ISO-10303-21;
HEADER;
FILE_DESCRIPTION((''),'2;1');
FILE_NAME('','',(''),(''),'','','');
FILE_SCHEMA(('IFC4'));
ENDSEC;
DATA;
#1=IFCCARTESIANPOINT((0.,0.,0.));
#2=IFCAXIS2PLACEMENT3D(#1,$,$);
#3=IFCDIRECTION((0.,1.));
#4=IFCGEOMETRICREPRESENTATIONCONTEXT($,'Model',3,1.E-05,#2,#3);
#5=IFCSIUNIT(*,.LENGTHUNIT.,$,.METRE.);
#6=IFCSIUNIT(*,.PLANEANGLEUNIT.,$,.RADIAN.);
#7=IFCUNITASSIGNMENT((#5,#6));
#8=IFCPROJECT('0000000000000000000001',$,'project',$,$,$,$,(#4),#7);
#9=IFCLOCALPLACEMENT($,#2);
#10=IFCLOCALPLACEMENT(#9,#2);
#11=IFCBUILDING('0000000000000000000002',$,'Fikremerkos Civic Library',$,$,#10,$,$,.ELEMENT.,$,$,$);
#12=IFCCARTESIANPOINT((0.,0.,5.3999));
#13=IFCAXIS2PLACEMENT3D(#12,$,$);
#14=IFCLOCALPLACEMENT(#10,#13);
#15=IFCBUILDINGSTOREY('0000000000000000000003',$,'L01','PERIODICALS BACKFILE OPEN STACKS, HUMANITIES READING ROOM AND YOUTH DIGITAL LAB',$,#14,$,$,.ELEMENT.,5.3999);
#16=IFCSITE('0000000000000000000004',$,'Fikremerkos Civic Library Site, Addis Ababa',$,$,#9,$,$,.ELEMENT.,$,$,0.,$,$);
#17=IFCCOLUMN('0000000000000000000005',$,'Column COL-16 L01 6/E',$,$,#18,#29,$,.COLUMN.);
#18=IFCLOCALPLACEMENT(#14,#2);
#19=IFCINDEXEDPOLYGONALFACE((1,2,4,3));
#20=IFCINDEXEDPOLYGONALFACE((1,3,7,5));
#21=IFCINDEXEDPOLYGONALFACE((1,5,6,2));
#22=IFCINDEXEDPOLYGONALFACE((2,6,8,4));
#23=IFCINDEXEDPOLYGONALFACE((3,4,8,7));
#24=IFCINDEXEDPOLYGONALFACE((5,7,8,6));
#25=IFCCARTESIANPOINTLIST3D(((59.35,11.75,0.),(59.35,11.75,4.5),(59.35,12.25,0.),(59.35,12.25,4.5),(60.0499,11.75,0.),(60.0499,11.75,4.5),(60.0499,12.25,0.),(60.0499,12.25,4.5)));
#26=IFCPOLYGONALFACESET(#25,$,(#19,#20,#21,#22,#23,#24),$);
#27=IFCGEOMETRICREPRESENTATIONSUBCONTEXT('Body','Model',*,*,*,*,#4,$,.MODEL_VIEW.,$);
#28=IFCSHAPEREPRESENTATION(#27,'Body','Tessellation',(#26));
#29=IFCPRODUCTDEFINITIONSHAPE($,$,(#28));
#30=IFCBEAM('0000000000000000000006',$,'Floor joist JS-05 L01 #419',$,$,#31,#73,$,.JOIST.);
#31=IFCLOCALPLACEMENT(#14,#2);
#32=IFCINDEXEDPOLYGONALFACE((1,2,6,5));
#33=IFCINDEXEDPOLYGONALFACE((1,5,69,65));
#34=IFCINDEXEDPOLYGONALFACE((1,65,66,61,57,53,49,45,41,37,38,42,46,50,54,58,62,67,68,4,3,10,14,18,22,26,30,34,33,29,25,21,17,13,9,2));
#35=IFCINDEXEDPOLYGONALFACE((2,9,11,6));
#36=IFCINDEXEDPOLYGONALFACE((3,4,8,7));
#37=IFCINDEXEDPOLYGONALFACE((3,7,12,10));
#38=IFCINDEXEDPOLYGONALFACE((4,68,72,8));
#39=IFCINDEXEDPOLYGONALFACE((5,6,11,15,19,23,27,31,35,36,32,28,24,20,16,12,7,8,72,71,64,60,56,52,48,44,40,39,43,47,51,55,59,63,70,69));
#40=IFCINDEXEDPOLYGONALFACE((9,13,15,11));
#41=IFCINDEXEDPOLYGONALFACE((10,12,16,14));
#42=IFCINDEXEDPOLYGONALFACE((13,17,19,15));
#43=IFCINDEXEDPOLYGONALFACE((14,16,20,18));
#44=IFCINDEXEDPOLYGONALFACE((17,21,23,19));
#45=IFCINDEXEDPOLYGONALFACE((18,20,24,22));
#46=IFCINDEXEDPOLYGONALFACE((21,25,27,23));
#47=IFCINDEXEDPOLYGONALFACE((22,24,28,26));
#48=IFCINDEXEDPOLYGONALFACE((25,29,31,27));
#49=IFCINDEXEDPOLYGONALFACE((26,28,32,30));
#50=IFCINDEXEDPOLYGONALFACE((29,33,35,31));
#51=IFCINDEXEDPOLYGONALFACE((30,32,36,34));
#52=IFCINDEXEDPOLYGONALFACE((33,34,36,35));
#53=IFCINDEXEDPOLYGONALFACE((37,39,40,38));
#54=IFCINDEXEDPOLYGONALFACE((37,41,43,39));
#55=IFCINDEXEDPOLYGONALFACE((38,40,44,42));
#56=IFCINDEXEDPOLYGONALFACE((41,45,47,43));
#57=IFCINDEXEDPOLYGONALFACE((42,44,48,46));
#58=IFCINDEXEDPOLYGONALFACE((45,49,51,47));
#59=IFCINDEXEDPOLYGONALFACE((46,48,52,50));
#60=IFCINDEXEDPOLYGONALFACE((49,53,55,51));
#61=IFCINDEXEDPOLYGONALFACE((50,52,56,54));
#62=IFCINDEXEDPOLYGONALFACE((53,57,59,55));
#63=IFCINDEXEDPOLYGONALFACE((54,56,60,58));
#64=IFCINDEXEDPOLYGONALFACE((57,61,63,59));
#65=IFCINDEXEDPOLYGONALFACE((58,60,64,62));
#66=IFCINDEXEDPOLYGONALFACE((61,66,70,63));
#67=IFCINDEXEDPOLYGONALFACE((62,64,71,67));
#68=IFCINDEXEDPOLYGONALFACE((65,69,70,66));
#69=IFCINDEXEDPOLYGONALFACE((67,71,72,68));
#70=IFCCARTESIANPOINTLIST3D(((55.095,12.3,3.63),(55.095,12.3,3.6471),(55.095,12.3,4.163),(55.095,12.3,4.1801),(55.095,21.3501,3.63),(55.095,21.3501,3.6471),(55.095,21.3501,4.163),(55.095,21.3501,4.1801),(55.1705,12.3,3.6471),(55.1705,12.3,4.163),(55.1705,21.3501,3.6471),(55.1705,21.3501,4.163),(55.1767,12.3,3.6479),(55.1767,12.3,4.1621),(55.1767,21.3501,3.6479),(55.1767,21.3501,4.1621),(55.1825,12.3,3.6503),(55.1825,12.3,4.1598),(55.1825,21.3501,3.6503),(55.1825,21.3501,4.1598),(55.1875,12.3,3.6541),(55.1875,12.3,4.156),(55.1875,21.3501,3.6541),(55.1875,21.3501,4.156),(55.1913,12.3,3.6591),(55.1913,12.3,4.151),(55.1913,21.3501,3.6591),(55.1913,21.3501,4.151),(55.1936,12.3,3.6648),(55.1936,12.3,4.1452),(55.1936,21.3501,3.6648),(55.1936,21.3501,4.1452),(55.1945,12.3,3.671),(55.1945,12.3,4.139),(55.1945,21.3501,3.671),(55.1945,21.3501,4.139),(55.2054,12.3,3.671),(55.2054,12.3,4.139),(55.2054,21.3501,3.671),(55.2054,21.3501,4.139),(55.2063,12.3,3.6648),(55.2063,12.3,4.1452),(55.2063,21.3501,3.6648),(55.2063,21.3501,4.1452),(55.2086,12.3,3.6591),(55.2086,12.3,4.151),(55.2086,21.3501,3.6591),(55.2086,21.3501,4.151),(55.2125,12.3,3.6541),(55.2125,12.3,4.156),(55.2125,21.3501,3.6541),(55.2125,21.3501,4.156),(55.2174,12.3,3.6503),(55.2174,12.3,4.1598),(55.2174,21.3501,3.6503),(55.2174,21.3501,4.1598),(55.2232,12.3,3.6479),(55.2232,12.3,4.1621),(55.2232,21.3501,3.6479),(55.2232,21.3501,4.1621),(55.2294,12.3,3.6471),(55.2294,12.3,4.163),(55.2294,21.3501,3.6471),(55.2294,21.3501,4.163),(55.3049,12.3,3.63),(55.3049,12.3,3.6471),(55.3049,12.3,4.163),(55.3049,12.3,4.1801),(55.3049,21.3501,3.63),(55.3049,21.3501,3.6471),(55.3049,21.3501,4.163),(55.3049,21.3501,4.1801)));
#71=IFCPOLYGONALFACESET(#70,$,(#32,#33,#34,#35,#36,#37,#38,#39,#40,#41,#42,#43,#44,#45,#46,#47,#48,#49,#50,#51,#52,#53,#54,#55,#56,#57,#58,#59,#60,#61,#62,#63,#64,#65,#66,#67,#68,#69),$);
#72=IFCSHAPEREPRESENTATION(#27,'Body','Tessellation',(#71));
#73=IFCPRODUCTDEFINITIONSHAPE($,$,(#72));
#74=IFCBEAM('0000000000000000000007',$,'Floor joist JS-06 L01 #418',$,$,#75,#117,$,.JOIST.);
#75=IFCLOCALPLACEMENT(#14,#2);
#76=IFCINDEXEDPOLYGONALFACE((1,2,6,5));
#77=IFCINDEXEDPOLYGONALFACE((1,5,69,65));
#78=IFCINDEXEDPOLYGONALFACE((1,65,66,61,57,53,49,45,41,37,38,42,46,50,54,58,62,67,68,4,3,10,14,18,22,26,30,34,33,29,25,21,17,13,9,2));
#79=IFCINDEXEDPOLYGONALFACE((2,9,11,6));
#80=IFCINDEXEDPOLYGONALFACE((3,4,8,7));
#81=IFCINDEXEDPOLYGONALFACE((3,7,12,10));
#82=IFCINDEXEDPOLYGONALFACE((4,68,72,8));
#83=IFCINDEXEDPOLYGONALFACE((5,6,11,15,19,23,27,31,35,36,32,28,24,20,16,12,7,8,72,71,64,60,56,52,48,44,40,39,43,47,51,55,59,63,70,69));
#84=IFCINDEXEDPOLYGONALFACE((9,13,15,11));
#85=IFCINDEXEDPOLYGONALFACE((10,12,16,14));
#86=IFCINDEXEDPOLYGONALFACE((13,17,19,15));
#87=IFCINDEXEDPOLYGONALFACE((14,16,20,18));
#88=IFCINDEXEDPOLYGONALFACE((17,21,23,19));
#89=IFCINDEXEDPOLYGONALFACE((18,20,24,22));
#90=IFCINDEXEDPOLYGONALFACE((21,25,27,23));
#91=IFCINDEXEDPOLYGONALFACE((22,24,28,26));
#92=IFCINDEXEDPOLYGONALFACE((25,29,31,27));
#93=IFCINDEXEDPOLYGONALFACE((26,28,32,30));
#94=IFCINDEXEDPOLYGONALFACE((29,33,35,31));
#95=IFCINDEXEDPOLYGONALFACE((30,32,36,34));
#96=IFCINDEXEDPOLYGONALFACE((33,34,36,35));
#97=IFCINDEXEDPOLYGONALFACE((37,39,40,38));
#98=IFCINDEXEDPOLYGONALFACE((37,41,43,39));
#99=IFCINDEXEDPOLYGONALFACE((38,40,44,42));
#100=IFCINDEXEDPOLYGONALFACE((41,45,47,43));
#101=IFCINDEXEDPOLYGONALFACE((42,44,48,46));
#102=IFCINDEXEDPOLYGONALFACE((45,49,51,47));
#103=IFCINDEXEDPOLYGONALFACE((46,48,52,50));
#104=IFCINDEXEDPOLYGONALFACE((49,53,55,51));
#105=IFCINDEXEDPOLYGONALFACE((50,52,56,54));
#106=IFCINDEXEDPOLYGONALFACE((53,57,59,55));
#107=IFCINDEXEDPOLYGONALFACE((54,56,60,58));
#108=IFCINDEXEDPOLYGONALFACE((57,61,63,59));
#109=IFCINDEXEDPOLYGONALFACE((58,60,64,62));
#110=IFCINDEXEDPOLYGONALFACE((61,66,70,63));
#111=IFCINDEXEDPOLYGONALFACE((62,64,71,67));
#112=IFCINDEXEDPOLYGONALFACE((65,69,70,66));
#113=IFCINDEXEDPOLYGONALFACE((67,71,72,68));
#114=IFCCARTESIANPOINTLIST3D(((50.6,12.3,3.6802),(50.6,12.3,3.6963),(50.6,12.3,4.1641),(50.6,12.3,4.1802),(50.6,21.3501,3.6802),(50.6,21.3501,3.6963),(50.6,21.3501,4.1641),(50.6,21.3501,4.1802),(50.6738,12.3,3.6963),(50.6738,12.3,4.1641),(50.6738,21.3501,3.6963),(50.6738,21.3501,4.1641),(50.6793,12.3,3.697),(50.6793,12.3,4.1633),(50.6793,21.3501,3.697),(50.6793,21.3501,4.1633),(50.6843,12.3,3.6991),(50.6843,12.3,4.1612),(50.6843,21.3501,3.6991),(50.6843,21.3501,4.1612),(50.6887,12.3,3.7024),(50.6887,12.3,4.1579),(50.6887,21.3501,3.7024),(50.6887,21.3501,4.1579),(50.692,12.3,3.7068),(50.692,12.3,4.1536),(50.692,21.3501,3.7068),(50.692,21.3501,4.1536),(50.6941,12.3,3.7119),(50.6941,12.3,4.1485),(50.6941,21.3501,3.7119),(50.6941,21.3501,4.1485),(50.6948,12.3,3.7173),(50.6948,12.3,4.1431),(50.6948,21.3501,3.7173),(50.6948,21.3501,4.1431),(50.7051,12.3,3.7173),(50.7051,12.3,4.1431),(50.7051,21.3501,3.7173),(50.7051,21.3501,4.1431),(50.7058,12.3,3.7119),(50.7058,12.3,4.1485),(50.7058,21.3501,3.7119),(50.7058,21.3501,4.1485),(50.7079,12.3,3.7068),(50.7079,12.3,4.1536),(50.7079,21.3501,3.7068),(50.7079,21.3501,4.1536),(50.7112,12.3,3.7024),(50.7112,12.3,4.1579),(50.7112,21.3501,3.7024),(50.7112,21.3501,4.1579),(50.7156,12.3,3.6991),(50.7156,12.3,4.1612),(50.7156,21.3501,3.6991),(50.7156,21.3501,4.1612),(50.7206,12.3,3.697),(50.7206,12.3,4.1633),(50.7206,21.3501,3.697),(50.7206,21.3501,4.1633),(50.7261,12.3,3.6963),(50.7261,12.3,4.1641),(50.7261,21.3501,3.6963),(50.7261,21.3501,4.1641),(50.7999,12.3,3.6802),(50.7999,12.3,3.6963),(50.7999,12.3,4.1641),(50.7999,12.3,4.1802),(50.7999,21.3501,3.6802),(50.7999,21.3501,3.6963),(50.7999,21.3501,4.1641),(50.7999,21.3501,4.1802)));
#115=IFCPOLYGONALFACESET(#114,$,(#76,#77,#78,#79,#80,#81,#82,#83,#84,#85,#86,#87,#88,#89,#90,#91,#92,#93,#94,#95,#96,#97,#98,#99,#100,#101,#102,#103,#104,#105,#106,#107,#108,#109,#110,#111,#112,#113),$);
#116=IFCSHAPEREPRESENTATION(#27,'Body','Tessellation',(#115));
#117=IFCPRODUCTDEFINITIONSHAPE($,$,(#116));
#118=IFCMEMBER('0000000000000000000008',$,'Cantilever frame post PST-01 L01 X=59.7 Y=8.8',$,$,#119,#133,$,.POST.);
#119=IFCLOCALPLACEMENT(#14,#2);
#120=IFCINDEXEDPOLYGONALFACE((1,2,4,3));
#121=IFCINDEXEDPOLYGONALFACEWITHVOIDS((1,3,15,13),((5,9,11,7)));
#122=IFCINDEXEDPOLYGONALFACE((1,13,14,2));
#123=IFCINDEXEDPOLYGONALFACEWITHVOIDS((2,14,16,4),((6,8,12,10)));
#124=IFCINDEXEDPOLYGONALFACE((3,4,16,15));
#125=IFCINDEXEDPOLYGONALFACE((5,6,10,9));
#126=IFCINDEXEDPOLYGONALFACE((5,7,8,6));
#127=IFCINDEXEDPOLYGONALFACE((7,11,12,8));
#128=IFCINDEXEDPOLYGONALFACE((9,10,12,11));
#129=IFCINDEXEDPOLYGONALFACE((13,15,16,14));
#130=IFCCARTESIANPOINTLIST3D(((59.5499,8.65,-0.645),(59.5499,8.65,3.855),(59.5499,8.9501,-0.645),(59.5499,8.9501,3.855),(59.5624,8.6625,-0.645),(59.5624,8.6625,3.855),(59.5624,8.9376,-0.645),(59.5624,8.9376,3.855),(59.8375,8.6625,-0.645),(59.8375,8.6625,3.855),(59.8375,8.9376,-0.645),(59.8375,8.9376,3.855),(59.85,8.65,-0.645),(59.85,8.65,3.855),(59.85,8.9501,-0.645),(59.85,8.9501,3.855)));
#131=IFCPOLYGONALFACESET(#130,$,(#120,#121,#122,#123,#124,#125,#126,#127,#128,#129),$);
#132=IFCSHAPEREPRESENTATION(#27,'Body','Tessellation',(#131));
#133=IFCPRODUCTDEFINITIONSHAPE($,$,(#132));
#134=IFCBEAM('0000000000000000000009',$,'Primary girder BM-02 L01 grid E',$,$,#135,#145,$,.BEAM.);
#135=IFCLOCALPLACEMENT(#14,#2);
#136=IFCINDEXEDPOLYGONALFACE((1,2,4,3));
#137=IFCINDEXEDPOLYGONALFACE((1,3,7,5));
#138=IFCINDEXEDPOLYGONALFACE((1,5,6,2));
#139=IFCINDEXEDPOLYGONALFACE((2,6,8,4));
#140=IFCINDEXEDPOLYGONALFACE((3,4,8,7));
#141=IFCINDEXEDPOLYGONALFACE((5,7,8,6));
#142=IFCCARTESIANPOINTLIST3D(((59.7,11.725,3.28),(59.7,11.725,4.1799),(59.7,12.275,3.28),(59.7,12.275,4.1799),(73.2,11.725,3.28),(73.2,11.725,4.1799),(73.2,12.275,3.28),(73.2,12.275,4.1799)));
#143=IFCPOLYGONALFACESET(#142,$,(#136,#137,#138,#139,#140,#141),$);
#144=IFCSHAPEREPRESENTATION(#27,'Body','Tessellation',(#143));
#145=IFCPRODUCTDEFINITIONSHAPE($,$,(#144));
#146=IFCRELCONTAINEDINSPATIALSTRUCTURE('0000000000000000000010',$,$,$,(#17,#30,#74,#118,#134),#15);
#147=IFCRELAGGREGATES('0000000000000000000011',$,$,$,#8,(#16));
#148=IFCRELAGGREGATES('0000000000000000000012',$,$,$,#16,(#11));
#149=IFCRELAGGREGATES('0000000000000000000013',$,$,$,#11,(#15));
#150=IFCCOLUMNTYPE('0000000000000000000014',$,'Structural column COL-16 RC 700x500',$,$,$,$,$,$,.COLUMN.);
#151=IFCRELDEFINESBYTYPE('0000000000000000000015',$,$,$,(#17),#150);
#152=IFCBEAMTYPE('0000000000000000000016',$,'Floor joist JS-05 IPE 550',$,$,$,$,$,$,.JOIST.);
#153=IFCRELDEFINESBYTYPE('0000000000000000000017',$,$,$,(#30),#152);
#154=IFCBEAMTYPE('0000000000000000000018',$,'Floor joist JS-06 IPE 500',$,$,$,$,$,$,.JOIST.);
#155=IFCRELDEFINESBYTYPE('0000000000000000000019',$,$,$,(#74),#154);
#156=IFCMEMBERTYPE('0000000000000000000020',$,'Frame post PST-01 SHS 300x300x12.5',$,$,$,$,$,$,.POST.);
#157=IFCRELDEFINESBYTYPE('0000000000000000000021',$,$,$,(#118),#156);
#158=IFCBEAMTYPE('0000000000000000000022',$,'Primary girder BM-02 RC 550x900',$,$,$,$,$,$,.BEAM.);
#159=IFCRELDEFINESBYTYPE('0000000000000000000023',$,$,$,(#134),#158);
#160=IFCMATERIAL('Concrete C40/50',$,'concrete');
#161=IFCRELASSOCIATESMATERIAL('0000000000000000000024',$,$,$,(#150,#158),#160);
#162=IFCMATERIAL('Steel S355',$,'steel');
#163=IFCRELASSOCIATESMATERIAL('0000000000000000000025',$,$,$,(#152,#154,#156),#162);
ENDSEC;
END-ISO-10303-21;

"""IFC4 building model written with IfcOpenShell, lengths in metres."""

from ifc_helpers import new_model, si_unit, direction, frame, origin, origin_2d, place, context, subcontext, project, spatial, rectangle, hollow_rectangle, i_section, extrude, material, material_profile, profile_set, type_object, element, save


model = new_model("IFC4")

# Units and contexts
model_context = context("Model", 3, precision=1e-05, world=origin(), true_north=direction((0.0, 1.0)))
body_context = subcontext(model_context, "Body", "Model", "MODEL_VIEW")
ifc_project = project(units=[si_unit("LENGTHUNIT", "METRE"), si_unit("PLANEANGLEUNIT", "RADIAN")], contexts=[model_context])

# Site, building, storey
site_placement = place(None, origin())
site = spatial("IfcSite", under=ifc_project, at=site_placement, Name="Fikremerkos Civic Library Site, Addis Ababa", CompositionType="ELEMENT", RefElevation=0.0)
building_placement = place(site_placement, origin())
building = spatial("IfcBuilding", under=site, at=building_placement, Name="Fikremerkos Civic Library", CompositionType="ELEMENT")
storey_placement = place(building_placement, frame((0.0, 0.0, 5.3999)))
storey = spatial("IfcBuildingStorey", under=building, at=storey_placement, Name="L01", Description="PERIODICALS BACKFILE OPEN STACKS, HUMANITIES READING ROOM AND YOUTH DIGITAL LAB", CompositionType="ELEMENT", Elevation=5.3999)

# Column
ifc_material_1 = material(Name="Concrete C40/50", Category="concrete")
ifc_material_profile_1 = material_profile(ifc_material_1, rectangle(XDim=0.7, YDim=0.5, at=origin_2d()), Name="RC 700x500")
ifc_profile_set_1 = profile_set([ifc_material_profile_1], Name="Concrete C40/50")
column_type = type_object("IfcColumnType", Name="Structural column COL-16 RC 700x500", PredefinedType="COLUMN", material=ifc_profile_set_1)
column_placement = place(storey_placement, frame((59.7, 12.0, 0.0), z_axis=(0.0, 0.0, 1.0), x_axis=(1.0, 0.0, 0.0)))
element("IfcColumn", 1, at=column_placement, inside=storey, type_object=column_type, Name="Column COL-16 L01 6/E", PredefinedType="COLUMN", context=body_context, shape_type="SweptSolid", body=[
    extrude(rectangle(XDim=0.7, YDim=0.5, at=origin_2d()), origin(), (0.0, 0.0, 1.0), 4.5),
])

# Beams
ifc_material_2 = material(Name="Steel S355", Category="steel")
ifc_material_profile_2 = material_profile(ifc_material_2, i_section(OverallWidth=0.21, OverallDepth=0.55, WebThickness=0.011, FlangeThickness=0.0171, FilletRadius=0.0239, at=origin_2d()), Name="IPE 550")
ifc_profile_set_2 = profile_set([ifc_material_profile_2], Name="Steel S355")
beam_type_1 = type_object("IfcBeamType", Name="Floor joist JS-05 IPE 550", PredefinedType="JOIST", material=ifc_profile_set_2)
beam_1_placement = place(storey_placement, frame((55.2, 12.3, 3.905), z_axis=(0.0, 1.0, 0.0), x_axis=(-1.0, 0.0, 0.0)))
element("IfcBeam", 2, at=beam_1_placement, inside=storey, type_object=beam_type_1, Name="Floor joist JS-05 L01 #419", PredefinedType="JOIST", context=body_context, shape_type="SweptSolid", body=[
    extrude(i_section(OverallWidth=0.21, OverallDepth=0.55, WebThickness=0.011, FlangeThickness=0.0171, FilletRadius=0.0239, at=origin_2d()), origin(), (0.0, 0.0, 1.0), 9.05),
])
ifc_material_profile_3 = material_profile(ifc_material_2, i_section(OverallWidth=0.2, OverallDepth=0.5, WebThickness=0.0103, FlangeThickness=0.0161, FilletRadius=0.021, at=origin_2d()), Name="IPE 500")
ifc_profile_set_3 = profile_set([ifc_material_profile_3], Name="Steel S355")
beam_type_2 = type_object("IfcBeamType", Name="Floor joist JS-06 IPE 500", PredefinedType="JOIST", material=ifc_profile_set_3)
beam_2_placement = place(storey_placement, frame((50.7, 12.3, 3.9302), z_axis=(0.0, 1.0, 0.0), x_axis=(-1.0, 0.0, 0.0)))
element("IfcBeam", 3, at=beam_2_placement, inside=storey, type_object=beam_type_2, Name="Floor joist JS-06 L01 #418", PredefinedType="JOIST", context=body_context, shape_type="SweptSolid", body=[
    extrude(i_section(OverallWidth=0.2, OverallDepth=0.5, WebThickness=0.0103, FlangeThickness=0.0161, FilletRadius=0.021, at=origin_2d()), origin(), (0.0, 0.0, 1.0), 9.05),
])

# Member
ifc_material_profile_4 = material_profile(ifc_material_2, hollow_rectangle(XDim=0.3, YDim=0.3, WallThickness=0.0125, at=origin_2d()), Name="SHS 300x300x12.5")
ifc_profile_set_4 = profile_set([ifc_material_profile_4], Name="Steel S355")
member_type_1 = type_object("IfcMemberType", Name="Frame post PST-01 SHS 300x300x12.5", PredefinedType="POST", material=ifc_profile_set_4)
member_1_placement = place(storey_placement, frame((59.7, 8.8, -0.645), z_axis=(0.0, 0.0, 1.0), x_axis=(1.0, 0.0, 0.0)))
element("IfcMember", 4, at=member_1_placement, inside=storey, type_object=member_type_1, Name="Cantilever frame post PST-01 L01 X=59.7 Y=8.8", PredefinedType="POST", context=body_context, shape_type="SweptSolid", body=[
    extrude(hollow_rectangle(XDim=0.3, YDim=0.3, WallThickness=0.0125, at=origin_2d()), origin(), (0.0, 0.0, 1.0), 4.5),
])

# Beam
ifc_material_profile_5 = material_profile(ifc_material_1, rectangle(XDim=0.55, YDim=0.8999, at=origin_2d()), Name="RC 550x900")
ifc_profile_set_5 = profile_set([ifc_material_profile_5], Name="Concrete C40/50")
beam_type_3 = type_object("IfcBeamType", Name="Primary girder BM-02 RC 550x900", PredefinedType="BEAM", material=ifc_profile_set_5)
beam_3_placement = place(storey_placement, frame((59.7, 12.0, 3.73), z_axis=(1.0, 0.0, 0.0), x_axis=(0.0, 1.0, 0.0)))
element("IfcBeam", 5, at=beam_3_placement, inside=storey, type_object=beam_type_3, Name="Primary girder BM-02 L01 grid E", PredefinedType="BEAM", context=body_context, shape_type="SweptSolid", body=[
    extrude(rectangle(XDim=0.55, YDim=0.8999, at=origin_2d()), origin(), (0.0, 0.0, 1.0), 13.5),
])

save(model, "model.ifc")
